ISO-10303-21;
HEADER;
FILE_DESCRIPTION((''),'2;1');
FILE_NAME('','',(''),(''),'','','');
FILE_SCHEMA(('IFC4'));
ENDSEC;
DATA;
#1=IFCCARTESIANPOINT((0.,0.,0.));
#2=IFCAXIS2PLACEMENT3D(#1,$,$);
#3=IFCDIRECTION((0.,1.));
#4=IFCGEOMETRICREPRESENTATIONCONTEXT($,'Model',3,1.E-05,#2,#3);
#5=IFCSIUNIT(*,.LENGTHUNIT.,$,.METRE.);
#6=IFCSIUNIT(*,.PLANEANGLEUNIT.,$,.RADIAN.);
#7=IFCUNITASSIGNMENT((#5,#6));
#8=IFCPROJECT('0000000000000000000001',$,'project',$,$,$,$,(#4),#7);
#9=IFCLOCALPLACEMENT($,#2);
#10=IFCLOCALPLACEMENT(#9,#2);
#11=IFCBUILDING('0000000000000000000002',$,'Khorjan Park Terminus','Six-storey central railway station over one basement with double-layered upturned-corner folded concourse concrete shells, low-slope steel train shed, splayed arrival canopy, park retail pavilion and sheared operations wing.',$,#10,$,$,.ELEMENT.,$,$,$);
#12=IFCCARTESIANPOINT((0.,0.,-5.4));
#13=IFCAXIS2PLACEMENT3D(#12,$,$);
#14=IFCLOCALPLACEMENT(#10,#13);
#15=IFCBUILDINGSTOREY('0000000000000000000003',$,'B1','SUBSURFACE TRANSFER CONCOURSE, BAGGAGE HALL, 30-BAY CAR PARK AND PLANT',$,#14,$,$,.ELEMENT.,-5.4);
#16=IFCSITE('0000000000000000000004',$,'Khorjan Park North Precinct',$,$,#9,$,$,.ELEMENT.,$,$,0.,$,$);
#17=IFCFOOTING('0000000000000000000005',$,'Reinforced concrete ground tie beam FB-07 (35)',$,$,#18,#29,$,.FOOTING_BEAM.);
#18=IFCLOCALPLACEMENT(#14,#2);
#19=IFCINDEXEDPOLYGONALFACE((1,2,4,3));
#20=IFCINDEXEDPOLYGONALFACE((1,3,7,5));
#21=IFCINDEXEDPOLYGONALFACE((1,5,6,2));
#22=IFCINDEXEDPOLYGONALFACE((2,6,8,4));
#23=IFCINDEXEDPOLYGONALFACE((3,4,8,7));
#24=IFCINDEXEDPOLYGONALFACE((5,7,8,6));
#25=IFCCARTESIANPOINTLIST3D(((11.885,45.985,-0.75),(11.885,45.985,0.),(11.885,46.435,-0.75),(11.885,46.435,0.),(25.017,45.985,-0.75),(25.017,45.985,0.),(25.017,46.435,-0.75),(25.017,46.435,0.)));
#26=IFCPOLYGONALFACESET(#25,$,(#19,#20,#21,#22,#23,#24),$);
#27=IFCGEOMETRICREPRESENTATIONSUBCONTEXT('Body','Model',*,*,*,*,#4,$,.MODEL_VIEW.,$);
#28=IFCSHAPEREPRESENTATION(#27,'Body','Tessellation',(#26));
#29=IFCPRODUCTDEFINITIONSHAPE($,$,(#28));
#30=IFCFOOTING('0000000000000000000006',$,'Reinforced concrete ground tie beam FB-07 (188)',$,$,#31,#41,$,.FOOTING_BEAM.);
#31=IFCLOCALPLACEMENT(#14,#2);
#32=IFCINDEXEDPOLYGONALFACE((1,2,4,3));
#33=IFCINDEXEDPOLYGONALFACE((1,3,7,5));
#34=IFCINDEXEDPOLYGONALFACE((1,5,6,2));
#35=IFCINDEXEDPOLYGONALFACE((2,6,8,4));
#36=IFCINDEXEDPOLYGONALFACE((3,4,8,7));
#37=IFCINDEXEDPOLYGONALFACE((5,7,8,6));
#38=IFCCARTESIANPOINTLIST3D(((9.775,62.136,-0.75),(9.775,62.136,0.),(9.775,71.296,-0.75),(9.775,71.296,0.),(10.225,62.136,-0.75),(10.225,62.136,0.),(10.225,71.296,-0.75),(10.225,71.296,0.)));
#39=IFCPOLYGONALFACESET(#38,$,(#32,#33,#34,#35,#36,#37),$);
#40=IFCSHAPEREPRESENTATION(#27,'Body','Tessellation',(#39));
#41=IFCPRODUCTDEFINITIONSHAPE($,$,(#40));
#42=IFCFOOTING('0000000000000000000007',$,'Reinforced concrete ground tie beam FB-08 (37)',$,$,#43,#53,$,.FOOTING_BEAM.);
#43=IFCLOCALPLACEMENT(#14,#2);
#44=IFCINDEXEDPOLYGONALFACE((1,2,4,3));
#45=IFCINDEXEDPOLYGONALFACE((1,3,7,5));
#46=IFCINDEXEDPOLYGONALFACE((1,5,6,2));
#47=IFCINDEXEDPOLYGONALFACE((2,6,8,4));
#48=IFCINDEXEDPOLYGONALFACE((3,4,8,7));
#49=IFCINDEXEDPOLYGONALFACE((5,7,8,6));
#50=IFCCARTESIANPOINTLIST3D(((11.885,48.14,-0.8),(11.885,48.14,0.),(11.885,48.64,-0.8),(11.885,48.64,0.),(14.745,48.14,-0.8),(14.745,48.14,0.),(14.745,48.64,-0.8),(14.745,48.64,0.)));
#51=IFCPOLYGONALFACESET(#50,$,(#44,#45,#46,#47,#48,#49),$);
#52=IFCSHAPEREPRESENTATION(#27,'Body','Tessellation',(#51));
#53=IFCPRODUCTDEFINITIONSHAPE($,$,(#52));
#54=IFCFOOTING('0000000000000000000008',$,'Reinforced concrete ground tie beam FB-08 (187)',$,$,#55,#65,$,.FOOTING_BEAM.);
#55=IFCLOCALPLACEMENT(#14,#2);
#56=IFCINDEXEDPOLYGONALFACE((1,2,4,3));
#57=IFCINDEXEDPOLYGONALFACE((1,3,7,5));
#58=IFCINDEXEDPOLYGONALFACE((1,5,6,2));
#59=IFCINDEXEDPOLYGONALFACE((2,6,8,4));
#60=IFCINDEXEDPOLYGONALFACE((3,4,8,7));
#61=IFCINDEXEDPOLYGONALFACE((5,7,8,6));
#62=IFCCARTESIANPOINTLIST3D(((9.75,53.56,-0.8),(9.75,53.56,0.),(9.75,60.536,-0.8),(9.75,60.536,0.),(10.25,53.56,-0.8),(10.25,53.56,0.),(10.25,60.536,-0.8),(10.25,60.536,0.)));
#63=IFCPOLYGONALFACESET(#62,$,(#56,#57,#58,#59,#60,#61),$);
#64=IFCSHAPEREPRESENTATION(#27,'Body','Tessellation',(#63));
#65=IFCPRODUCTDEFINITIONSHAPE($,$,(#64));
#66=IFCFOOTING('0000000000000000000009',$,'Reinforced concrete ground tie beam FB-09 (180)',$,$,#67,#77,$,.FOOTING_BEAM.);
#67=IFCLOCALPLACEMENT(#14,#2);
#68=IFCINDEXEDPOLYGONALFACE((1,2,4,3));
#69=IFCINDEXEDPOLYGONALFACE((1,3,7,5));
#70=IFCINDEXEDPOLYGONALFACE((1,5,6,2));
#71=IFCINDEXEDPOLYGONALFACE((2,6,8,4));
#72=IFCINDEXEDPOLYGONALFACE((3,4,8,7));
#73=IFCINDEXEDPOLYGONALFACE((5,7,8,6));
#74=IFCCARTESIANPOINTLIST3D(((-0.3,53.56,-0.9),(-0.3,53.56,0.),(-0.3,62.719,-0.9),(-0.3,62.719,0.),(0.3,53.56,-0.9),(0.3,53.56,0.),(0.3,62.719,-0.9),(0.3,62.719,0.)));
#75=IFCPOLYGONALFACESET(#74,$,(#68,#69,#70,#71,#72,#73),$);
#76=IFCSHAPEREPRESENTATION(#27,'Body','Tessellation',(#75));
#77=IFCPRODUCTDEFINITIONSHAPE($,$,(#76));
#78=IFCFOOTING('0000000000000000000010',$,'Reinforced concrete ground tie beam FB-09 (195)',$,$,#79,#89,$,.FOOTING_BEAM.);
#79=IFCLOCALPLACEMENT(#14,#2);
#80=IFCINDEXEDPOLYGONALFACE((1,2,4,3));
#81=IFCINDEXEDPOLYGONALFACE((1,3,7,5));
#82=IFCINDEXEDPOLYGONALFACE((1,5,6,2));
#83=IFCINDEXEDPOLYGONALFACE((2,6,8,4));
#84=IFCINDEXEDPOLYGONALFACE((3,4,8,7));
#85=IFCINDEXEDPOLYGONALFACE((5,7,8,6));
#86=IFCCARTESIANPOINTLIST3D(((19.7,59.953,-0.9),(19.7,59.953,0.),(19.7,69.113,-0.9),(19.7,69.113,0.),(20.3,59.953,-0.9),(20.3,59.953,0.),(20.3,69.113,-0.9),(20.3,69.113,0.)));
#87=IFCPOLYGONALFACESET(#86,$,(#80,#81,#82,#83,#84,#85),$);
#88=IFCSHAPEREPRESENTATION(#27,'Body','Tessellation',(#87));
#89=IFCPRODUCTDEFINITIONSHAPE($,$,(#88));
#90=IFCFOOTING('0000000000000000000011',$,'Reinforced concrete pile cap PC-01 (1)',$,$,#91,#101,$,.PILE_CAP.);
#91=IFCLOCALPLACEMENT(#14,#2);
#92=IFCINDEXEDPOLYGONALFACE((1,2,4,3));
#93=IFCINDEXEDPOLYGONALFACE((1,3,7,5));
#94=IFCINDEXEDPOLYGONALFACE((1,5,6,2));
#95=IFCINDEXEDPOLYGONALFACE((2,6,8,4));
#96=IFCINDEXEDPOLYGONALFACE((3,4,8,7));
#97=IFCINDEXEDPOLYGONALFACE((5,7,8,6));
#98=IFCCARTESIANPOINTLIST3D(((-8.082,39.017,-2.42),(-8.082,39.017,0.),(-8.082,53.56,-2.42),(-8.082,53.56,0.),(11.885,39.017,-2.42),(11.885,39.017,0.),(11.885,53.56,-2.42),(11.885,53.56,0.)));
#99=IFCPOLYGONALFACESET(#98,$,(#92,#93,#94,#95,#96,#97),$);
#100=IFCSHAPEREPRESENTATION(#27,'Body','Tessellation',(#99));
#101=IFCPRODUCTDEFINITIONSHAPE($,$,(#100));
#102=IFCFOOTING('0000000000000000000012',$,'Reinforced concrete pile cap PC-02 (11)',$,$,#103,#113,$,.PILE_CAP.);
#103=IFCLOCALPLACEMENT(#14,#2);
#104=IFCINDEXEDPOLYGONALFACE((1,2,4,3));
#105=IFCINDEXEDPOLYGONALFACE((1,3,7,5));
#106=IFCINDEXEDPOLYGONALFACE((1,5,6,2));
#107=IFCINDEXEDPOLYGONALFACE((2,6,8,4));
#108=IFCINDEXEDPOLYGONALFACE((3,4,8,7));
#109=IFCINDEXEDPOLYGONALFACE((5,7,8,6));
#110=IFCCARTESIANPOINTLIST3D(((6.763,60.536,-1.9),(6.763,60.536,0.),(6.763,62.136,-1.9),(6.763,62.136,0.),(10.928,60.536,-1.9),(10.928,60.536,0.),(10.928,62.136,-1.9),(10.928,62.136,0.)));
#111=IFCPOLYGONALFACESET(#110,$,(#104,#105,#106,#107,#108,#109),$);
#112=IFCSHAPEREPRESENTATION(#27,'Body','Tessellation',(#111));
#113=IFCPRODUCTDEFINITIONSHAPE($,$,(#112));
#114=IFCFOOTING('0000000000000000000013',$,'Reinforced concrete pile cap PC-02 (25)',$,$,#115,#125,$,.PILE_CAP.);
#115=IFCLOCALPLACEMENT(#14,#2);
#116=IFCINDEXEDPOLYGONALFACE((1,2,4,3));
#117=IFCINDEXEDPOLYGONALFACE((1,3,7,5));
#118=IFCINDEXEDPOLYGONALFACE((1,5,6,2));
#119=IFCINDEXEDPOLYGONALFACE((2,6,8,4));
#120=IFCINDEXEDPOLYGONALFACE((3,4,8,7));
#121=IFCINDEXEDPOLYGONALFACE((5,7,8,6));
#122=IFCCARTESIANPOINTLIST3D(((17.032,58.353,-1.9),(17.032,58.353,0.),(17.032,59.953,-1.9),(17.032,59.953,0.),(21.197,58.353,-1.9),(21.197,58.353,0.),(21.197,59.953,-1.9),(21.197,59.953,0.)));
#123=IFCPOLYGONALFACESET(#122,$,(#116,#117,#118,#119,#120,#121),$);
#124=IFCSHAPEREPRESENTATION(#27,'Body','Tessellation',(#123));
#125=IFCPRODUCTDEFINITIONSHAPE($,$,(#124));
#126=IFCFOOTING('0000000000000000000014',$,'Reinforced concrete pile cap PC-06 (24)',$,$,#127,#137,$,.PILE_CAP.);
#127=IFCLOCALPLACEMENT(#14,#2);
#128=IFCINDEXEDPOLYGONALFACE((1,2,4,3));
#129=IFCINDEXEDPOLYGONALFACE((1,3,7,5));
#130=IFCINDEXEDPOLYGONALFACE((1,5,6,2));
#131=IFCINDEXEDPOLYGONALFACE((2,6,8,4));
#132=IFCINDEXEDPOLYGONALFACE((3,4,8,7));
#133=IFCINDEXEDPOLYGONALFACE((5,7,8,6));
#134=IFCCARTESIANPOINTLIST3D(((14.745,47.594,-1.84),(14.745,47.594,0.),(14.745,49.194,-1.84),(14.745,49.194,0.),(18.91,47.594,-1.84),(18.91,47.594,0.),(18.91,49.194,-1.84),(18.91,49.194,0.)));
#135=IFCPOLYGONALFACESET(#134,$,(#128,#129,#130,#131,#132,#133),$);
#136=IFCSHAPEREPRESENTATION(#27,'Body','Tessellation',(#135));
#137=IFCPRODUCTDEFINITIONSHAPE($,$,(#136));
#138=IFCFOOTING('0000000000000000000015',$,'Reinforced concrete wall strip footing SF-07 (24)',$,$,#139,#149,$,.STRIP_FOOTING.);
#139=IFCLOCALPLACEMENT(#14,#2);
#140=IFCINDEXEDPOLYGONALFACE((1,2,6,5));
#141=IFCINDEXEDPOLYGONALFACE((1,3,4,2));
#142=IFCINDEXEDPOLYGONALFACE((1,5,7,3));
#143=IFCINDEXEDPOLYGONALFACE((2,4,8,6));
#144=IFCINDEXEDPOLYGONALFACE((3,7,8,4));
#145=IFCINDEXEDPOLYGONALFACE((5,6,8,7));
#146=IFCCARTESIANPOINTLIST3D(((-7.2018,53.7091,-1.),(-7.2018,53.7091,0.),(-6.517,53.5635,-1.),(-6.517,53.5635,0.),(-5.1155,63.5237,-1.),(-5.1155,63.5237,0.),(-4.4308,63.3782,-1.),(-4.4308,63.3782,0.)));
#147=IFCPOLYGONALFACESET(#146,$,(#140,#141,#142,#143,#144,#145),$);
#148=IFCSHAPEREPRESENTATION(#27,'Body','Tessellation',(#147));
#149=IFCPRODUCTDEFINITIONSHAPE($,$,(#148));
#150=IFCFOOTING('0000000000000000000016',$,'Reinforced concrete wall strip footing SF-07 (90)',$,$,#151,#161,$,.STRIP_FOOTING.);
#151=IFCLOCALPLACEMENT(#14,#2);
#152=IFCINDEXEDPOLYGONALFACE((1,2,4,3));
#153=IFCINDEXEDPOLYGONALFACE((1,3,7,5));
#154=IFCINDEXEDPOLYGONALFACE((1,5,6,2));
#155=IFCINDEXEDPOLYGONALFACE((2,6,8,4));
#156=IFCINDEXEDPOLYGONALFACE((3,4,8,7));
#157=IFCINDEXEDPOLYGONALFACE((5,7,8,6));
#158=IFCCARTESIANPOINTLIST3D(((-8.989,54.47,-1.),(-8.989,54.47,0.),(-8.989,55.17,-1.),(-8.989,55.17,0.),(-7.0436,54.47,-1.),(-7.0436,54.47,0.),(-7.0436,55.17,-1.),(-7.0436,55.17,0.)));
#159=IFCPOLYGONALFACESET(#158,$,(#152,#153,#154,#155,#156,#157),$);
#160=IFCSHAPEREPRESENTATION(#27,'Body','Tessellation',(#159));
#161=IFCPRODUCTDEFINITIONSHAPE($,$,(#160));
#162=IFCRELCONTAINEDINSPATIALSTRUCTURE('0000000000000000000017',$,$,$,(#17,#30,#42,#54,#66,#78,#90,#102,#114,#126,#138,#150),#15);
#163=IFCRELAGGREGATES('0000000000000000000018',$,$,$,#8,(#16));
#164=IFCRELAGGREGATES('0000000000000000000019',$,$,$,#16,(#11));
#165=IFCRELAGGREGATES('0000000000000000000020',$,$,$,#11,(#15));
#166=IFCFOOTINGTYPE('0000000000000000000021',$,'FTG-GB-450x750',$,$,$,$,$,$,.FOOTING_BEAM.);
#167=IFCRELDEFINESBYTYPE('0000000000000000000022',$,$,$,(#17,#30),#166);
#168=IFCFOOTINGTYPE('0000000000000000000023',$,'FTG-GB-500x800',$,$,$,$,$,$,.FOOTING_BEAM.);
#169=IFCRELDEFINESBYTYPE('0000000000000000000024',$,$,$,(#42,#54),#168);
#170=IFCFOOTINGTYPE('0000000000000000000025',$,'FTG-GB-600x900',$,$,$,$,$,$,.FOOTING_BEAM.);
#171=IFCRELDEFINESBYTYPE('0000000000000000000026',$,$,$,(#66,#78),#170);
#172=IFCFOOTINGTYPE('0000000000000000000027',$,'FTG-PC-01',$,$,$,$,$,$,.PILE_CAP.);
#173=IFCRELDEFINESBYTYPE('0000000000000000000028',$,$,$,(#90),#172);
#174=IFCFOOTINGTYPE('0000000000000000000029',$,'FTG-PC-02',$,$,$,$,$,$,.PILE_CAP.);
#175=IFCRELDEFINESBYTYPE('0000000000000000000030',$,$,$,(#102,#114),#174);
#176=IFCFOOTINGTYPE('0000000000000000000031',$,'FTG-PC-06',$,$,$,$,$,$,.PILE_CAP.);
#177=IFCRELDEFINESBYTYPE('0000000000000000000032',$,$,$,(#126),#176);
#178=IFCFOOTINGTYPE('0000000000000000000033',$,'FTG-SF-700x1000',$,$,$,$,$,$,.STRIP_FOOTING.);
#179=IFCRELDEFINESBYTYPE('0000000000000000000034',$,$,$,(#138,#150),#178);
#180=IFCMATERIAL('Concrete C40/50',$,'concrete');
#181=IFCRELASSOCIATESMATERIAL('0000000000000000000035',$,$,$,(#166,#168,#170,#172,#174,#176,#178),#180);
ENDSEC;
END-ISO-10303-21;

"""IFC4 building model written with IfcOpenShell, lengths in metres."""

from ifc_helpers import new_model, si_unit, direction, frame, origin, origin_2d, place, context, subcontext, project, spatial, rectangle, extrude, material, material_profile, profile_set, type_object, element, save


model = new_model("IFC4")

# Units and contexts
model_context = context("Model", 3, precision=1e-05, world=origin(), true_north=direction((0.0, 1.0)))
body_context = subcontext(model_context, "Body", "Model", "MODEL_VIEW")
ifc_project = project(units=[si_unit("LENGTHUNIT", "METRE"), si_unit("PLANEANGLEUNIT", "RADIAN")], contexts=[model_context])

# Site, building, storey
site_placement = place(None, origin())
site = spatial("IfcSite", under=ifc_project, at=site_placement, Name="Khorjan Park North Precinct", CompositionType="ELEMENT", RefElevation=0.0)
building_placement = place(site_placement, origin())
building = spatial("IfcBuilding", under=site, at=building_placement, Name="Khorjan Park Terminus", Description="Six-storey central railway station over one basement with double-layered upturned-corner folded concourse concrete shells, low-slope steel train shed, splayed arrival canopy, park retail pavilion and sheared operations wing.", CompositionType="ELEMENT")
storey_placement = place(building_placement, frame((0.0, 0.0, -5.4)))
storey = spatial("IfcBuildingStorey", under=building, at=storey_placement, Name="B1", Description="SUBSURFACE TRANSFER CONCOURSE, BAGGAGE HALL, 30-BAY CAR PARK AND PLANT", CompositionType="ELEMENT", Elevation=-5.4)

# Footings
ifc_material_1 = material(Name="Concrete C40/50", Category="concrete")
ifc_material_profile_1 = material_profile(ifc_material_1, rectangle(XDim=0.45, YDim=0.75, at=origin_2d()), Name="RC 450x750")
ifc_profile_set_1 = profile_set([ifc_material_profile_1], Name="Concrete C40/50")
footing_type_1 = type_object("IfcFootingType", Name="FTG-GB-450x750", PredefinedType="FOOTING_BEAM", material=ifc_profile_set_1)
footing_1_placement = place(storey_placement, frame((11.885, 46.21, -0.375), z_axis=(1.0, 0.0, 0.0), x_axis=(0.0, 1.0, 0.0)))
element("IfcFooting", 1, at=footing_1_placement, inside=storey, type_object=footing_type_1, Name="Reinforced concrete ground tie beam FB-07 (35)", PredefinedType="FOOTING_BEAM", context=body_context, shape_type="SweptSolid", body=[
    extrude(rectangle(XDim=0.45, YDim=0.75, at=origin_2d()), origin(), (0.0, 0.0, 1.0), 13.132),
])
footing_2_placement = place(storey_placement, frame((10.0, 62.136, -0.375), z_axis=(0.0, 1.0, 0.0), x_axis=(-1.0, 0.0, 0.0)))
element("IfcFooting", 2, at=footing_2_placement, inside=storey, type_object=footing_type_1, Name="Reinforced concrete ground tie beam FB-07 (188)", PredefinedType="FOOTING_BEAM", context=body_context, shape_type="SweptSolid", body=[
    extrude(rectangle(XDim=0.45, YDim=0.75, at=origin_2d()), origin(), (0.0, 0.0, 1.0), 9.16),
])
ifc_material_profile_2 = material_profile(ifc_material_1, rectangle(XDim=0.5, YDim=0.8, at=origin_2d()), Name="RC 500x800")
ifc_profile_set_2 = profile_set([ifc_material_profile_2], Name="Concrete C40/50")
footing_type_2 = type_object("IfcFootingType", Name="FTG-GB-500x800", PredefinedType="FOOTING_BEAM", material=ifc_profile_set_2)
footing_3_placement = place(storey_placement, frame((11.885, 48.39, -0.4), z_axis=(1.0, 0.0, 0.0), x_axis=(0.0, 1.0, 0.0)))
element("IfcFooting", 3, at=footing_3_placement, inside=storey, type_object=footing_type_2, Name="Reinforced concrete ground tie beam FB-08 (37)", PredefinedType="FOOTING_BEAM", context=body_context, shape_type="SweptSolid", body=[
    extrude(rectangle(XDim=0.5, YDim=0.8, at=origin_2d()), origin(), (0.0, 0.0, 1.0), 2.86),
])
footing_4_placement = place(storey_placement, frame((10.0, 53.56, -0.4), z_axis=(0.0, 1.0, 0.0), x_axis=(-1.0, 0.0, 0.0)))
element("IfcFooting", 4, at=footing_4_placement, inside=storey, type_object=footing_type_2, Name="Reinforced concrete ground tie beam FB-08 (187)", PredefinedType="FOOTING_BEAM", context=body_context, shape_type="SweptSolid", body=[
    extrude(rectangle(XDim=0.5, YDim=0.8, at=origin_2d()), origin(), (0.0, 0.0, 1.0), 6.976),
])
ifc_material_profile_3 = material_profile(ifc_material_1, rectangle(XDim=0.6, YDim=0.9, at=origin_2d()), Name="RC 600x900")
ifc_profile_set_3 = profile_set([ifc_material_profile_3], Name="Concrete C40/50")
footing_type_3 = type_object("IfcFootingType", Name="FTG-GB-600x900", PredefinedType="FOOTING_BEAM", material=ifc_profile_set_3)
footing_5_placement = place(storey_placement, frame((0.0, 53.56, -0.45), z_axis=(0.0, 1.0, 0.0), x_axis=(-1.0, 0.0, 0.0)))
element("IfcFooting", 5, at=footing_5_placement, inside=storey, type_object=footing_type_3, Name="Reinforced concrete ground tie beam FB-09 (180)", PredefinedType="FOOTING_BEAM", context=body_context, shape_type="SweptSolid", body=[
    extrude(rectangle(XDim=0.6, YDim=0.9, at=origin_2d()), origin(), (0.0, 0.0, 1.0), 9.159),
])
footing_6_placement = place(storey_placement, frame((20.0, 59.953, -0.45), z_axis=(0.0, 1.0, 0.0), x_axis=(-1.0, 0.0, 0.0)))
element("IfcFooting", 6, at=footing_6_placement, inside=storey, type_object=footing_type_3, Name="Reinforced concrete ground tie beam FB-09 (195)", PredefinedType="FOOTING_BEAM", context=body_context, shape_type="SweptSolid", body=[
    extrude(rectangle(XDim=0.6, YDim=0.9, at=origin_2d()), origin(), (0.0, 0.0, 1.0), 9.16),
])
footing_type_4 = type_object("IfcFootingType", Name="FTG-PC-01", PredefinedType="PILE_CAP", material=ifc_material_1)
footing_7_placement = place(storey_placement, frame((1.9015, 46.2885, -2.42), z_axis=(0.0, 0.0, 1.0), x_axis=(1.0, 0.0, 0.0)))
element("IfcFooting", 7, at=footing_7_placement, inside=storey, type_object=footing_type_4, Name="Reinforced concrete pile cap PC-01 (1)", PredefinedType="PILE_CAP", context=body_context, shape_type="SweptSolid", body=[
    extrude(rectangle(XDim=19.967, YDim=14.543, at=origin_2d()), origin(), (0.0, 0.0, 1.0), 2.42),
])
footing_type_5 = type_object("IfcFootingType", Name="FTG-PC-02", PredefinedType="PILE_CAP", material=ifc_material_1)
for number, where, z_axis, x_axis, name in (
    (8, (8.8455, 61.336, -1.9), (0.0, 0.0, 1.0), (1.0, 0.0, 0.0), "Reinforced concrete pile cap PC-02 (11)"),
    (9, (19.1145, 59.153, -1.9), (0.0, 0.0, 1.0), (1.0, 0.0, 0.0), "Reinforced concrete pile cap PC-02 (25)"),
):
    element("IfcFooting", number, at=place(storey_placement, frame(where, z_axis=z_axis, x_axis=x_axis)), inside=storey, type_object=footing_type_5, Name=name, PredefinedType="PILE_CAP", context=body_context, shape_type="SweptSolid", body=[
        extrude(rectangle(XDim=4.165, YDim=1.6, at=origin_2d()), origin(), (0.0, 0.0, 1.0), 1.9),
    ])
footing_type_6 = type_object("IfcFootingType", Name="FTG-PC-06", PredefinedType="PILE_CAP", material=ifc_material_1)
footing_8_placement = place(storey_placement, frame((16.8275, 48.394, -1.84), z_axis=(0.0, 0.0, 1.0), x_axis=(1.0, 0.0, 0.0)))
element("IfcFooting", 10, at=footing_8_placement, inside=storey, type_object=footing_type_6, Name="Reinforced concrete pile cap PC-06 (24)", PredefinedType="PILE_CAP", context=body_context, shape_type="SweptSolid", body=[
    extrude(rectangle(XDim=4.165, YDim=1.6, at=origin_2d()), origin(), (0.0, 0.0, 1.0), 1.84),
])
ifc_material_profile_4 = material_profile(ifc_material_1, rectangle(XDim=0.7, YDim=1.0, at=origin_2d()), Name="RC 700x1000")
ifc_profile_set_4 = profile_set([ifc_material_profile_4], Name="Concrete C40/50")
footing_type_7 = type_object("IfcFootingType", Name="FTG-SF-700x1000", PredefinedType="STRIP_FOOTING", material=ifc_profile_set_4)
footing_9_placement = place(storey_placement, frame((-6.8594, 53.6363, -0.5), z_axis=(0.207916, 0.978147, 0.0), x_axis=(-0.978147, 0.207916, 0.0)))
element("IfcFooting", 11, at=footing_9_placement, inside=storey, type_object=footing_type_7, Name="Reinforced concrete wall strip footing SF-07 (24)", PredefinedType="STRIP_FOOTING", context=body_context, shape_type="SweptSolid", body=[
    extrude(rectangle(XDim=0.7, YDim=1.0, at=origin_2d()), origin(), (0.0, 0.0, 1.0), 10.0339),
])
footing_10_placement = place(storey_placement, frame((-8.989, 54.82, -0.5), z_axis=(1.0, 0.0, 0.0), x_axis=(0.0, 1.0, 0.0)))
element("IfcFooting", 12, at=footing_10_placement, inside=storey, type_object=footing_type_7, Name="Reinforced concrete wall strip footing SF-07 (90)", PredefinedType="STRIP_FOOTING", context=body_context, shape_type="SweptSolid", body=[
    extrude(rectangle(XDim=0.7, YDim=1.0, at=origin_2d()), origin(), (0.0, 0.0, 1.0), 1.9454),
])

save(model, "model.ifc")
